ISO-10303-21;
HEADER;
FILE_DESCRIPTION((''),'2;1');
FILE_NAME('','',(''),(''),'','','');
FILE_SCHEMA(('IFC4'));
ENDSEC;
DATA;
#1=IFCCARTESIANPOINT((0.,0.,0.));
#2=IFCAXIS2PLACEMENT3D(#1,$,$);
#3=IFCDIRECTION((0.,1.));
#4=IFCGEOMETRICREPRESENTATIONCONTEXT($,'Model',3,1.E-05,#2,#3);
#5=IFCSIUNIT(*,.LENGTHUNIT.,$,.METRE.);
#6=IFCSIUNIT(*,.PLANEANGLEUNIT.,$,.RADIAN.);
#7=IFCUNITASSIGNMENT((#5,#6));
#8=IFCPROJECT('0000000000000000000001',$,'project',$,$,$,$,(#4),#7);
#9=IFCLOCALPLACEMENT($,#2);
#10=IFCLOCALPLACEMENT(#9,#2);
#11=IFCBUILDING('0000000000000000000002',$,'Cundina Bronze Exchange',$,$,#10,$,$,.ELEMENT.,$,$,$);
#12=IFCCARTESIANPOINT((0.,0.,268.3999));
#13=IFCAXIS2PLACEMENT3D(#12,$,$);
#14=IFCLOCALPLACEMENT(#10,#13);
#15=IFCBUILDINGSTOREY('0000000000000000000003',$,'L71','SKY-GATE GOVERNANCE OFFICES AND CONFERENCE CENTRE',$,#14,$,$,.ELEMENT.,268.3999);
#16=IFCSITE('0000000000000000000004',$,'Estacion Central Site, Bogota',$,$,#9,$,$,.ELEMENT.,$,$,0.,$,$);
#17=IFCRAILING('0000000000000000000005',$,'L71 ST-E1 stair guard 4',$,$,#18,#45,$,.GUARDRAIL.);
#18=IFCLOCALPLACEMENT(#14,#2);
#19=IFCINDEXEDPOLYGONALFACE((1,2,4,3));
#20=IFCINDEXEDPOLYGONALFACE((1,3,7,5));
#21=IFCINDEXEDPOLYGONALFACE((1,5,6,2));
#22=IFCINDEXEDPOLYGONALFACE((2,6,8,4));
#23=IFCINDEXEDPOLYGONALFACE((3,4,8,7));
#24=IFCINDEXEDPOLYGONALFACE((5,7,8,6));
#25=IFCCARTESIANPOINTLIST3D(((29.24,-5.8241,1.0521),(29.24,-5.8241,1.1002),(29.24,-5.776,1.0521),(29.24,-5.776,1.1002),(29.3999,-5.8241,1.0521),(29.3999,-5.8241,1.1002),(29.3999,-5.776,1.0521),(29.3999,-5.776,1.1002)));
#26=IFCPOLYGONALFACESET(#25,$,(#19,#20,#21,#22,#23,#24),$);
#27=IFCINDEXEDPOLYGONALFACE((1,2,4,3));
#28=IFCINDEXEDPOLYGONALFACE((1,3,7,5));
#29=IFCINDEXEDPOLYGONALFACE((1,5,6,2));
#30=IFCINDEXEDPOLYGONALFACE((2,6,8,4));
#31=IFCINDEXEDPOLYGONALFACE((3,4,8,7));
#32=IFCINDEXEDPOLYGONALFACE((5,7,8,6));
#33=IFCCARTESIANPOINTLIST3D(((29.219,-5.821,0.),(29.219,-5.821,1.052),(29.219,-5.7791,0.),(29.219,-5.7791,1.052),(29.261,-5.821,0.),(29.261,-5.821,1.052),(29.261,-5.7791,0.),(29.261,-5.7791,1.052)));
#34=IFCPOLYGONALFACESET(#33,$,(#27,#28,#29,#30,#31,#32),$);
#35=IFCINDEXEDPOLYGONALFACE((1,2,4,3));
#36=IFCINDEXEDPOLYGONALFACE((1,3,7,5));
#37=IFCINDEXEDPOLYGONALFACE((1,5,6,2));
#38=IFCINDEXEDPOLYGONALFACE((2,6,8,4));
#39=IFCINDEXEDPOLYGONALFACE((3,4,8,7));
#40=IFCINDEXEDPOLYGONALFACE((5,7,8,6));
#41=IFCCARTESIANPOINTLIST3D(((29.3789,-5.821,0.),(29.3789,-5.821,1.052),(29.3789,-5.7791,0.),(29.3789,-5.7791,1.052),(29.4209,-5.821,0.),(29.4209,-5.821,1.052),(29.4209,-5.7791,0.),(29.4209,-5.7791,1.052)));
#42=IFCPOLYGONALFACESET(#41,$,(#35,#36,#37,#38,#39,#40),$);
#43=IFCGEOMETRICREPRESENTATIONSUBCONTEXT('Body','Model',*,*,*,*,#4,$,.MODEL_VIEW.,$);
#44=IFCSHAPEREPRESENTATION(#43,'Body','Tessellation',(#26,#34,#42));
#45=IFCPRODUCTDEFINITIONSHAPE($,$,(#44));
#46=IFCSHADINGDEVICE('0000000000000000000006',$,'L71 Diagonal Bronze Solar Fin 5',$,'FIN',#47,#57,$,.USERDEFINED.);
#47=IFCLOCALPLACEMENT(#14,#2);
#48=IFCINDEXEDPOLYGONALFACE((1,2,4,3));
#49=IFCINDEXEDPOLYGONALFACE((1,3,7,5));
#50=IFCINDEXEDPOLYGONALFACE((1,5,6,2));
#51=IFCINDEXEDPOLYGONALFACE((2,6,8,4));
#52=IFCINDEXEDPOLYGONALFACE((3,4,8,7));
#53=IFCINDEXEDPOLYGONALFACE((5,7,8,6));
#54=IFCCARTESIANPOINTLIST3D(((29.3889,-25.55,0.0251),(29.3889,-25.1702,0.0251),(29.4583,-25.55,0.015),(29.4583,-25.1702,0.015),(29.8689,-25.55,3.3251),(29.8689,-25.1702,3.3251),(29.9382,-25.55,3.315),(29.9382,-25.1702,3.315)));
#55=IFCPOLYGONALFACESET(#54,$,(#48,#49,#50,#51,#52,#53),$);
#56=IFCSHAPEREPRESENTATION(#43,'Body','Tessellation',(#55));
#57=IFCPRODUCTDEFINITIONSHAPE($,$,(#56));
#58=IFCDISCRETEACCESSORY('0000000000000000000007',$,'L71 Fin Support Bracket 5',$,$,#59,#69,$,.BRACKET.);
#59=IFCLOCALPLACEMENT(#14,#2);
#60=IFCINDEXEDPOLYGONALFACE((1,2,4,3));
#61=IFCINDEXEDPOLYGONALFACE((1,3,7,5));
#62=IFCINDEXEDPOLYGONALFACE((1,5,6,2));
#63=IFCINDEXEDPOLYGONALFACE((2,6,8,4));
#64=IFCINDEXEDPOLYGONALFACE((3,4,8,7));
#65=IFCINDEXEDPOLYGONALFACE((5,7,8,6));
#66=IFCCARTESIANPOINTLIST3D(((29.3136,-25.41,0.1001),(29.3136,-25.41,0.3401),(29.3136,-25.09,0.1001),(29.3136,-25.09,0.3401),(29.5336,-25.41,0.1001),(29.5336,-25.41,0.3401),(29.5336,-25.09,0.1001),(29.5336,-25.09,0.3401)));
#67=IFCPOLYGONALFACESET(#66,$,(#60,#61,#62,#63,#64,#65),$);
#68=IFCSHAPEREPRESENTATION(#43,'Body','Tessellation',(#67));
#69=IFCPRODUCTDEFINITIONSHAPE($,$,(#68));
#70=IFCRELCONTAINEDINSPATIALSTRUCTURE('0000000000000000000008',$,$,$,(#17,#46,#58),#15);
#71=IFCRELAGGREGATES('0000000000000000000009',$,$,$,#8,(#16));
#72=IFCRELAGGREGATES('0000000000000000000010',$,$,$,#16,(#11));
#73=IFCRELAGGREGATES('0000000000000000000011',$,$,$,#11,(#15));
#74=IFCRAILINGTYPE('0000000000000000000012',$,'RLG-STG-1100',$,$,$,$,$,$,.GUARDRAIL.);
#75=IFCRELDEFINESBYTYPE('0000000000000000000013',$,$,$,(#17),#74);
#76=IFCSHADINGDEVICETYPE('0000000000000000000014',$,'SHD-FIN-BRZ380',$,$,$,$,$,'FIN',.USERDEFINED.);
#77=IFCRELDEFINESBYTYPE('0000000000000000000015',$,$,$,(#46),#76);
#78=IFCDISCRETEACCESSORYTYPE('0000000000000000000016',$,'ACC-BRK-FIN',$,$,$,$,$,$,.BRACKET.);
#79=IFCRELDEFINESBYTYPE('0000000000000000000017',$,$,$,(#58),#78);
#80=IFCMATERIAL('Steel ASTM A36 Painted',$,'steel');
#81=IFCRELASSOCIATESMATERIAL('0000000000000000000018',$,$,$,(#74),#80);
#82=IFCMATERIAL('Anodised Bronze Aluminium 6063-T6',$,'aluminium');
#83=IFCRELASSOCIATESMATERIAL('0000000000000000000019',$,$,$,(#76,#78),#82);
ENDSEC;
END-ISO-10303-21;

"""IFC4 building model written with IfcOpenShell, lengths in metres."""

from ifc_helpers import new_model, si_unit, direction, frame, origin, origin_2d, place, context, subcontext, project, spatial, rectangle, extrude, material, material_profile, profile_set, type_object, element, save


model = new_model("IFC4")

# Units and contexts
model_context = context("Model", 3, precision=1e-05, world=origin(), true_north=direction((0.0, 1.0)))
body_context = subcontext(model_context, "Body", "Model", "MODEL_VIEW")
ifc_project = project(units=[si_unit("LENGTHUNIT", "METRE"), si_unit("PLANEANGLEUNIT", "RADIAN")], contexts=[model_context])

# Site, building, storey
site_placement = place(None, origin())
site = spatial("IfcSite", under=ifc_project, at=site_placement, Name="Estacion Central Site, Bogota", CompositionType="ELEMENT", RefElevation=0.0)
building_placement = place(site_placement, origin())
building = spatial("IfcBuilding", under=site, at=building_placement, Name="Cundina Bronze Exchange", CompositionType="ELEMENT")
storey_placement = place(building_placement, frame((0.0, 0.0, 268.3999)))
storey = spatial("IfcBuildingStorey", under=building, at=storey_placement, Name="L71", Description="SKY-GATE GOVERNANCE OFFICES AND CONFERENCE CENTRE", CompositionType="ELEMENT", Elevation=268.3999)

# Shared definitions
ifc_material_1 = material(Name="Anodised Bronze Aluminium 6063-T6", Category="aluminium")

# Shared definitions
ifc_material_2 = material(Name="Steel ASTM A36 Painted", Category="steel")

# Railing
railing_type_1 = type_object("IfcRailingType", Name="RLG-STG-1100", PredefinedType="GUARDRAIL", material=ifc_material_2)
railing_1_placement = place(storey_placement, frame((29.24, -5.8, 0.0)))
element("IfcRailing", 1, at=railing_1_placement, inside=storey, type_object=railing_type_1, Name="L71 ST-E1 stair guard 4", PredefinedType="GUARDRAIL", context=body_context, shape_type="SweptSolid", body=[
    extrude(rectangle(XDim=0.0481, YDim=0.0481, at=origin_2d()), frame((0.0, 0.0, 1.0762), z_axis=(1.0, 0.0, 0.0), x_axis=(0.0, 1.0, 0.0)), (0.0, 0.0, 1.0), 0.1599),
    extrude(rectangle(XDim=0.042, YDim=0.042, at=origin_2d()), origin(), (0.0, 0.0, 1.0), 1.052),
    extrude(rectangle(XDim=0.042, YDim=0.042, at=origin_2d()), frame((0.1599, 0.0, 0.0)), (0.0, 0.0, 1.0), 1.052),
])

# Shading device
ifc_material_profile_1 = material_profile(ifc_material_1, rectangle(XDim=0.0701, YDim=0.3799, at=origin_2d()), Name="FIN70X380", Category="aluminium")
ifc_profile_set_1 = profile_set([ifc_material_profile_1], Name="Anodised Bronze Aluminium 6063-T6")
shading_device_type = type_object("IfcShadingDeviceType", Name="SHD-FIN-BRZ380", ElementType="FIN", PredefinedType="USERDEFINED", material=ifc_profile_set_1)
shading_device_placement = place(storey_placement, frame((29.4236, -25.3601, 0.02), z_axis=(0.143932, 0.0, 0.989588), x_axis=(-0.989588, 0.0, 0.143932)))
element("IfcShadingDevice", 2, at=shading_device_placement, inside=storey, type_object=shading_device_type, Name="L71 Diagonal Bronze Solar Fin 5", ObjectType="FIN", PredefinedType="USERDEFINED", context=body_context, shape_type="SweptSolid", body=[
    extrude(rectangle(XDim=0.0701, YDim=0.3799, at=origin_2d()), origin(), (0.0, 0.0, 1.0), 3.3347),
])

# Discrete accessory
discrete_accessory_type = type_object("IfcDiscreteAccessoryType", Name="ACC-BRK-FIN", PredefinedType="BRACKET", material=ifc_material_1)
discrete_accessory_placement = place(storey_placement, frame((29.4236, -25.25, 0.1001), z_axis=(0.0, 0.0, 1.0), x_axis=(1.0, 0.0, 0.0)))
element("IfcDiscreteAccessory", 3, at=discrete_accessory_placement, inside=storey, type_object=discrete_accessory_type, Name="L71 Fin Support Bracket 5", PredefinedType="BRACKET", context=body_context, shape_type="SweptSolid", body=[
    extrude(rectangle(XDim=0.22, YDim=0.3201, at=origin_2d()), origin(), (0.0, 0.0, 1.0), 0.24),
])

save(model, "model.ifc")
